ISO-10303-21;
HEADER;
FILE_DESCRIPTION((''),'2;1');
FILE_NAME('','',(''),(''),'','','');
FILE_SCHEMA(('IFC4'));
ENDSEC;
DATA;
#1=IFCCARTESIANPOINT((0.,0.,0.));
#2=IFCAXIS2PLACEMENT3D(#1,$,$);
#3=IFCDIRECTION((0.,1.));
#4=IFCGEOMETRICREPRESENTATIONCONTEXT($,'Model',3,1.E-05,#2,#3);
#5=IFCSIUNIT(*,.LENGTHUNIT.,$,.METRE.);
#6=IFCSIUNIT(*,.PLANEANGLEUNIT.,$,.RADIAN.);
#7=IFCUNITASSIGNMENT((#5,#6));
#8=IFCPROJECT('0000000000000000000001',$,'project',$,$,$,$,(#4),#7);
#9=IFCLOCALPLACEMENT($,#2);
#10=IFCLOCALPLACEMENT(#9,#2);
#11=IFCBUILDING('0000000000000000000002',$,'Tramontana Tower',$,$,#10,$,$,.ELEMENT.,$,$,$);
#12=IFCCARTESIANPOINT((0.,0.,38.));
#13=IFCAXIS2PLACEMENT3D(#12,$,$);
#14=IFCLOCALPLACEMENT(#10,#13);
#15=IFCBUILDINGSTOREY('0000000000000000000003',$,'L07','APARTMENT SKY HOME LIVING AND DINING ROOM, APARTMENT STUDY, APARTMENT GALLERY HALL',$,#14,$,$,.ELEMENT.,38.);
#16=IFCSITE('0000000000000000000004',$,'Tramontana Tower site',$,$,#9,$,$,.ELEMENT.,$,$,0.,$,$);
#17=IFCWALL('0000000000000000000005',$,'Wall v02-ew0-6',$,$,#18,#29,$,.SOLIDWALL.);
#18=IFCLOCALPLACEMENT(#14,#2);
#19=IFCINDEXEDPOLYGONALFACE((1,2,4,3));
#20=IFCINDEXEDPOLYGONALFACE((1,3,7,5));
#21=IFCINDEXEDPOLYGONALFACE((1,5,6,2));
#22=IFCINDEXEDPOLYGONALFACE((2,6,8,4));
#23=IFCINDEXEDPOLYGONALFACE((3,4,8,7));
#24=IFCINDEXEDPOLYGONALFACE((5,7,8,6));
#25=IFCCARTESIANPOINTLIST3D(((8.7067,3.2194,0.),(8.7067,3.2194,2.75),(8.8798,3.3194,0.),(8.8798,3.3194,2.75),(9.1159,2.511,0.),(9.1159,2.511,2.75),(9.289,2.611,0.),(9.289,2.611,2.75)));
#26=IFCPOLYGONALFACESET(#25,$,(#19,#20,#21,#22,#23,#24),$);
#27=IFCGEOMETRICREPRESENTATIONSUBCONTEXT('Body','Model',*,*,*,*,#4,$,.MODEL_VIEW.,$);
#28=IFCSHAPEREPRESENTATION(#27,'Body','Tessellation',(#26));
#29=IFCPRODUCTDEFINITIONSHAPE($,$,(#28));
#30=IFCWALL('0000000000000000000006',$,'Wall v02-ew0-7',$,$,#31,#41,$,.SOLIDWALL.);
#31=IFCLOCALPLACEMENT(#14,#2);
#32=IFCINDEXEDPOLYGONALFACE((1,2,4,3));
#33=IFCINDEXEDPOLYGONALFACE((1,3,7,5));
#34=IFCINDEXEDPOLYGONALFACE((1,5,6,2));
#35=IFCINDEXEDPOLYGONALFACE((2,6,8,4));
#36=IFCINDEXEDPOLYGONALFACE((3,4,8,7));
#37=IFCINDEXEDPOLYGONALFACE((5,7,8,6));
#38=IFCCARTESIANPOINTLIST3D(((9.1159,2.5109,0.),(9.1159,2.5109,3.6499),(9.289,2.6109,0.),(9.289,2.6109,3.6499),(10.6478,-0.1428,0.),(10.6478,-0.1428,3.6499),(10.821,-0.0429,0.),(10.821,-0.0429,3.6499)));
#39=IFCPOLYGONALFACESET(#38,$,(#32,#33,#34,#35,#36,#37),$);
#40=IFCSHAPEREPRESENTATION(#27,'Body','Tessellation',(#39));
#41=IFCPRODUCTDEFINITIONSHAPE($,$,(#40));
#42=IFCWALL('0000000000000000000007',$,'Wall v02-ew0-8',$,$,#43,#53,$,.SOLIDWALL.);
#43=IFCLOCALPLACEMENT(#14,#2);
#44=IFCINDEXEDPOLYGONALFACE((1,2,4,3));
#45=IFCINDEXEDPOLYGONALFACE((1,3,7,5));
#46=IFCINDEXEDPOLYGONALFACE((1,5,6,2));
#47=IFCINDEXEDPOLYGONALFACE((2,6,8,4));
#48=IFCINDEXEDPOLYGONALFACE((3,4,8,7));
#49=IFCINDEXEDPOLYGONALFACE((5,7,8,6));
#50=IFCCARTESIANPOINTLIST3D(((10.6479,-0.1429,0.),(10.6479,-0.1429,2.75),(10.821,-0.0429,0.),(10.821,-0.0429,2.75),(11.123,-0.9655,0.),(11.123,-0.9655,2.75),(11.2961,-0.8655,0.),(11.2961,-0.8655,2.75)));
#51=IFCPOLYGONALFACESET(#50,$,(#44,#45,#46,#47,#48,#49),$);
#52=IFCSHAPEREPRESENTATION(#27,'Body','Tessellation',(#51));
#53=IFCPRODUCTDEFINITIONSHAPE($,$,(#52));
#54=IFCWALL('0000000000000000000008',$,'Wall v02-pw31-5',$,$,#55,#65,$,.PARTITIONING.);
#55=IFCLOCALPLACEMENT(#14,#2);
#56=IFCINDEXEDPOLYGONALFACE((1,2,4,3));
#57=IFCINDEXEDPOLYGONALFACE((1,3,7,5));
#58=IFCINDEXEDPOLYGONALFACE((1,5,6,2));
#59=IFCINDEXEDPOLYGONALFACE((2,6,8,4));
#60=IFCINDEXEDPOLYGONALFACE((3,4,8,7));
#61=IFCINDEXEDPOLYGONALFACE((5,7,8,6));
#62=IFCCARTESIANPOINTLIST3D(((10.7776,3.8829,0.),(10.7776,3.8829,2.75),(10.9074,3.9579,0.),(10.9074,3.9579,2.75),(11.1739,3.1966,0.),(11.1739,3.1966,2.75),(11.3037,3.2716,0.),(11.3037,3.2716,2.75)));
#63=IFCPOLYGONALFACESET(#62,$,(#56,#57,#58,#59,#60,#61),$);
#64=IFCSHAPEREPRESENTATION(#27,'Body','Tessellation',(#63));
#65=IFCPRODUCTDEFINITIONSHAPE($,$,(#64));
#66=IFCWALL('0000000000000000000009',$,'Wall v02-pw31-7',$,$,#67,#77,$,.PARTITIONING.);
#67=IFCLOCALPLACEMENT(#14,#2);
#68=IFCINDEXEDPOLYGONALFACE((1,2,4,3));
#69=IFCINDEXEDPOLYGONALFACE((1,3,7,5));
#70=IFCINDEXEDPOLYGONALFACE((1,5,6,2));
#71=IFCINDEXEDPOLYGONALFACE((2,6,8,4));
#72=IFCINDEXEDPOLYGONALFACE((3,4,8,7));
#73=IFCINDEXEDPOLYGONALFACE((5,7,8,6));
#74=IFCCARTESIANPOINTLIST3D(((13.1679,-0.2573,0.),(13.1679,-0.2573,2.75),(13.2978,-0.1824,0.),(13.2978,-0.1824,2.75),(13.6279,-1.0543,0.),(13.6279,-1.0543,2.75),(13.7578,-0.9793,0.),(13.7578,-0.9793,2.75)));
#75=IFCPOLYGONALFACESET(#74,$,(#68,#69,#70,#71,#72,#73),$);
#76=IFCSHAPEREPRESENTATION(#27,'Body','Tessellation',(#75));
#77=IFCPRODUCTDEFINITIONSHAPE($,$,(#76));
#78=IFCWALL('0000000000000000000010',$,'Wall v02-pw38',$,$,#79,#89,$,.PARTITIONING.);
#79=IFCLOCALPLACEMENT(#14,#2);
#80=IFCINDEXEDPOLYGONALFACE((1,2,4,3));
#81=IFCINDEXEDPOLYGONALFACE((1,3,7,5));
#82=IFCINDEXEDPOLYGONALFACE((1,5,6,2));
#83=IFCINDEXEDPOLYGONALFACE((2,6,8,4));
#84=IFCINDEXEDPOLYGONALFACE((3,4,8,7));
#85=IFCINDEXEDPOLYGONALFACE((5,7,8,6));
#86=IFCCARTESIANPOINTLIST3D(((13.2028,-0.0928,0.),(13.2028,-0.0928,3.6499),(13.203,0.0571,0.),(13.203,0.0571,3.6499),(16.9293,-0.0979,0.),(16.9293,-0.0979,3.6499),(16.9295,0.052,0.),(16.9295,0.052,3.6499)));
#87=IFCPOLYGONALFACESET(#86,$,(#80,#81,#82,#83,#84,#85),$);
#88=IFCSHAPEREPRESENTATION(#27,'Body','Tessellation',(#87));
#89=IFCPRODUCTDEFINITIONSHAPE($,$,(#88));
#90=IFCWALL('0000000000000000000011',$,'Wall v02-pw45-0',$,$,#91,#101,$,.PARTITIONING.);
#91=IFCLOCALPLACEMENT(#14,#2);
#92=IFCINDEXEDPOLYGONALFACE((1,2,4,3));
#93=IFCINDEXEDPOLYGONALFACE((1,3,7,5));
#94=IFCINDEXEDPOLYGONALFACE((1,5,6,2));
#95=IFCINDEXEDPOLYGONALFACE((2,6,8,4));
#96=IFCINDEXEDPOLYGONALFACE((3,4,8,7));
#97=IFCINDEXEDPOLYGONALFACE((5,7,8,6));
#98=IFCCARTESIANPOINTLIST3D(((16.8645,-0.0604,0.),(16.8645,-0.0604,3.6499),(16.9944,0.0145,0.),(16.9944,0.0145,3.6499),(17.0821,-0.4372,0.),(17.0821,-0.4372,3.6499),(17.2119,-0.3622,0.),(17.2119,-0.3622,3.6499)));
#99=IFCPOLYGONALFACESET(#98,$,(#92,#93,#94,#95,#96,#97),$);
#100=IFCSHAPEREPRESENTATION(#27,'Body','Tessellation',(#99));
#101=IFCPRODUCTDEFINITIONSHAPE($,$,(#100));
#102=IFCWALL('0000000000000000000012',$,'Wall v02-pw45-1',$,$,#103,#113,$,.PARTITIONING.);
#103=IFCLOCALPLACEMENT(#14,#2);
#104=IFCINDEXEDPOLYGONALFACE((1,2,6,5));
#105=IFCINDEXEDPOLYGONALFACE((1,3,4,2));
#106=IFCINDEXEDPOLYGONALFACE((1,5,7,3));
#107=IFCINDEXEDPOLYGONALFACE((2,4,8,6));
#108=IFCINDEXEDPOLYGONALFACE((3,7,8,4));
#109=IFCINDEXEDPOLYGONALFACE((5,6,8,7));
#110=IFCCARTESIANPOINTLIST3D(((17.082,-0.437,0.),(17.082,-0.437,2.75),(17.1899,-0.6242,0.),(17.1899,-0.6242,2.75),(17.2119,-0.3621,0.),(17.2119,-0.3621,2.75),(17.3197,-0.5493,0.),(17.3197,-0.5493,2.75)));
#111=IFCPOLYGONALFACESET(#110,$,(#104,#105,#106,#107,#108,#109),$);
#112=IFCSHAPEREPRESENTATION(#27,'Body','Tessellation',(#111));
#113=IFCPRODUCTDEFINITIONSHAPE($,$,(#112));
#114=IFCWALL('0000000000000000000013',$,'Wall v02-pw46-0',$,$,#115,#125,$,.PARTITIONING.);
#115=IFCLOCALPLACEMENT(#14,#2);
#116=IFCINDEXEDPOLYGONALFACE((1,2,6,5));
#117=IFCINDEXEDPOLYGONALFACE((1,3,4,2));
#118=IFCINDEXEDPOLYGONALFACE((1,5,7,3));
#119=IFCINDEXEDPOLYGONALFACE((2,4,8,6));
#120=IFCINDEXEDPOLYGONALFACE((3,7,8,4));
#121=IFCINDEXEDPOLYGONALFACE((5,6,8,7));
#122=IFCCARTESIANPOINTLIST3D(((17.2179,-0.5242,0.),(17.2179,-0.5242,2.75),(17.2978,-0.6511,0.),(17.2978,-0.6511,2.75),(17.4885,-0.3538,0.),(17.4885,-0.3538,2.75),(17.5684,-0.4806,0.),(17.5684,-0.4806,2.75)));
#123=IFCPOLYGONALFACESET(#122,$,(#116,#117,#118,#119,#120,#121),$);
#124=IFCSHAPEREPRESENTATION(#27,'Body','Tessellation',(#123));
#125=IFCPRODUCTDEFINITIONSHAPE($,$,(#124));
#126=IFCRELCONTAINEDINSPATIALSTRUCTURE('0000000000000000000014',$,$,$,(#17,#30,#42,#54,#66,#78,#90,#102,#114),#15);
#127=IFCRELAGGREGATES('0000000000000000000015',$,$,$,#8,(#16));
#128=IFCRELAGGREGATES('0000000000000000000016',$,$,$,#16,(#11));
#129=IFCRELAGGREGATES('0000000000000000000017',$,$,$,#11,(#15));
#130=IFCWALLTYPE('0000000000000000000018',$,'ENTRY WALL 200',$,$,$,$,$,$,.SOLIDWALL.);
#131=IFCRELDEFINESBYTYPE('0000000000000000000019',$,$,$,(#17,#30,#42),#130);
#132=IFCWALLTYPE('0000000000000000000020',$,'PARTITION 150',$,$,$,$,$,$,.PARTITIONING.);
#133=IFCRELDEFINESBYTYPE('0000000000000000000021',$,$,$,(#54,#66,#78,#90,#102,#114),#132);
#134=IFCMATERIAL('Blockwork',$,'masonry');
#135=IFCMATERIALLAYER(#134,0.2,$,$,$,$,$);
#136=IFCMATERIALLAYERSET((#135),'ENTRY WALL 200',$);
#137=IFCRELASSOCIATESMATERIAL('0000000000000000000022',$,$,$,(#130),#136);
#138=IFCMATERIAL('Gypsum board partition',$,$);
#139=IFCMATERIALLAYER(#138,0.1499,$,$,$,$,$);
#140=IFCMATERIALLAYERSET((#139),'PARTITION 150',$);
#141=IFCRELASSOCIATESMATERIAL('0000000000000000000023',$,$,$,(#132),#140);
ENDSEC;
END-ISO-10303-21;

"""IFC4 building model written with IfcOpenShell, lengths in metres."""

from ifc_helpers import new_model, si_unit, direction, frame, frame_2d, origin, place, context, subcontext, project, spatial, rectangle, extrude, material, layer, layer_set, type_object, element, save


model = new_model("IFC4")

# Units and contexts
model_context = context("Model", 3, precision=1e-05, world=origin(), true_north=direction((0.0, 1.0)))
body_context = subcontext(model_context, "Body", "Model", "MODEL_VIEW")
ifc_project = project(units=[si_unit("LENGTHUNIT", "METRE"), si_unit("PLANEANGLEUNIT", "RADIAN")], contexts=[model_context])

# Site, building, storey
site_placement = place(None, origin())
site = spatial("IfcSite", under=ifc_project, at=site_placement, Name="Tramontana Tower site", CompositionType="ELEMENT", RefElevation=0.0)
building_placement = place(site_placement, origin())
building = spatial("IfcBuilding", under=site, at=building_placement, Name="Tramontana Tower", CompositionType="ELEMENT")
storey_placement = place(building_placement, frame((0.0, 0.0, 38.0)))
storey = spatial("IfcBuildingStorey", under=building, at=storey_placement, Name="L07", Description="APARTMENT SKY HOME LIVING AND DINING ROOM, APARTMENT STUDY, APARTMENT GALLERY HALL", CompositionType="ELEMENT", Elevation=38.0)

# Walls
ifc_material_1 = material(Name="Blockwork", Category="masonry")
ifc_layer_1 = layer(ifc_material_1, 0.2)
ifc_layer_set_1 = layer_set([ifc_layer_1], Name="ENTRY WALL 200")
wall_type_1 = type_object("IfcWallType", Name="ENTRY WALL 200", PredefinedType="SOLIDWALL", material=ifc_layer_set_1)
wall_1_placement = place(storey_placement, frame((8.7932, 3.2695, 0.0), z_axis=(0.0, 0.0, 1.0), x_axis=(0.500119, -0.865957, 0.0)))
element("IfcWall", 1, at=wall_1_placement, inside=storey, type_object=wall_type_1, Name="Wall v02-ew0-6", PredefinedType="SOLIDWALL", context=body_context, shape_type="SweptSolid", body=[
    extrude(rectangle(XDim=0.8181, YDim=0.2, at=frame_2d((0.4092, 0.0))), origin(), (0.0, 0.0, 1.0), 2.75),
])
wall_2_placement = place(storey_placement, frame((9.2024, 2.561, 0.0), z_axis=(0.0, 0.0, 1.0), x_axis=(0.499952, -0.866053, 0.0)))
element("IfcWall", 2, at=wall_2_placement, inside=storey, type_object=wall_type_1, Name="Wall v02-ew0-7", PredefinedType="SOLIDWALL", context=body_context, shape_type="SweptSolid", body=[
    extrude(rectangle(XDim=3.0642, YDim=0.2, at=frame_2d((1.5322, 0.0))), origin(), (0.0, 0.0, 1.0), 3.6499),
])
wall_3_placement = place(storey_placement, frame((10.7344, -0.0928, 0.0), z_axis=(0.0, 0.0, 1.0), x_axis=(0.500175, -0.865924, 0.0)))
element("IfcWall", 3, at=wall_3_placement, inside=storey, type_object=wall_type_1, Name="Wall v02-ew0-8", PredefinedType="SOLIDWALL", context=body_context, shape_type="SweptSolid", body=[
    extrude(rectangle(XDim=0.95, YDim=0.2, at=frame_2d((0.4751, 0.0))), origin(), (0.0, 0.0, 1.0), 2.75),
])

# Shared definitions
ifc_material_2 = material(Name="Gypsum board partition")
ifc_layer_2 = layer(ifc_material_2, 0.1499)
ifc_layer_set_2 = layer_set([ifc_layer_2], Name="PARTITION 150")
wall_type_2 = type_object("IfcWallType", Name="PARTITION 150", PredefinedType="PARTITIONING", material=ifc_layer_set_2)

# Wall
wall_4_placement = place(storey_placement, frame((10.8425, 3.9204, 0.0), z_axis=(0.0, 0.0, 1.0), x_axis=(0.500016, -0.866016, 0.0)))
element("IfcWall", 4, at=wall_4_placement, inside=storey, type_object=wall_type_2, Name="Wall v02-pw31-5", PredefinedType="PARTITIONING", context=body_context, shape_type="SweptSolid", body=[
    extrude(rectangle(XDim=0.7925, YDim=0.1499, at=frame_2d((0.3962, 0.0))), origin(), (0.0, 0.0, 1.0), 2.75),
])

# Walls
wall_5_placement = place(storey_placement, frame((13.2329, -0.22, 0.0), z_axis=(0.0, 0.0, 1.0), x_axis=(0.499906, -0.86608, 0.0)))
element("IfcWall", 5, at=wall_5_placement, inside=storey, type_object=wall_type_2, Name="Wall v02-pw31-7", PredefinedType="PARTITIONING", context=body_context, shape_type="SweptSolid", body=[
    extrude(rectangle(XDim=0.9202, YDim=0.1499, at=frame_2d((0.46, 0.0))), origin(), (0.0, 0.0, 1.0), 2.75),
])
wall_6_placement = place(storey_placement, frame((13.2029, -0.0178, 0.0), z_axis=(0.0, 0.0, 1.0), x_axis=(0.999999, -0.001376, 0.0)))
element("IfcWall", 6, at=wall_6_placement, inside=storey, type_object=wall_type_2, Name="Wall v02-pw38", PredefinedType="PARTITIONING", context=body_context, shape_type="SweptSolid", body=[
    extrude(rectangle(XDim=3.7266, YDim=0.1499, at=frame_2d((1.8633, 0.0))), origin(), (0.0, 0.0, 1.0), 3.6499),
])
wall_7_placement = place(storey_placement, frame((16.9294, -0.0229, 0.0), z_axis=(0.0, 0.0, 1.0), x_axis=(0.500063, -0.865989, 0.0)))
element("IfcWall", 7, at=wall_7_placement, inside=storey, type_object=wall_type_2, Name="Wall v02-pw45-0", PredefinedType="PARTITIONING", context=body_context, shape_type="SweptSolid", body=[
    extrude(rectangle(XDim=0.4351, YDim=0.1499, at=frame_2d((0.2175, 0.0))), origin(), (0.0, 0.0, 1.0), 3.6499),
])
wall_8_placement = place(storey_placement, frame((17.147, -0.3997, 0.0), z_axis=(0.0, 0.0, 1.0), x_axis=(0.499299, -0.86643, 0.0)))
element("IfcWall", 8, at=wall_8_placement, inside=storey, type_object=wall_type_2, Name="Wall v02-pw45-1", PredefinedType="PARTITIONING", context=body_context, shape_type="SweptSolid", body=[
    extrude(rectangle(XDim=0.2161, YDim=0.1499, at=frame_2d((0.1079, 0.0))), origin(), (0.0, 0.0, 1.0), 2.75),
])
wall_9_placement = place(storey_placement, frame((17.2578, -0.5876, 0.0), z_axis=(0.0, 0.0, 1.0), x_axis=(0.846105, 0.533016, 0.0)))
element("IfcWall", 9, at=wall_9_placement, inside=storey, type_object=wall_type_2, Name="Wall v02-pw46-0", PredefinedType="PARTITIONING", context=body_context, shape_type="SweptSolid", body=[
    extrude(rectangle(XDim=0.3198, YDim=0.1499, at=frame_2d((0.1599, 0.0))), origin(), (0.0, 0.0, 1.0), 2.75),
])

save(model, "model.ifc")
